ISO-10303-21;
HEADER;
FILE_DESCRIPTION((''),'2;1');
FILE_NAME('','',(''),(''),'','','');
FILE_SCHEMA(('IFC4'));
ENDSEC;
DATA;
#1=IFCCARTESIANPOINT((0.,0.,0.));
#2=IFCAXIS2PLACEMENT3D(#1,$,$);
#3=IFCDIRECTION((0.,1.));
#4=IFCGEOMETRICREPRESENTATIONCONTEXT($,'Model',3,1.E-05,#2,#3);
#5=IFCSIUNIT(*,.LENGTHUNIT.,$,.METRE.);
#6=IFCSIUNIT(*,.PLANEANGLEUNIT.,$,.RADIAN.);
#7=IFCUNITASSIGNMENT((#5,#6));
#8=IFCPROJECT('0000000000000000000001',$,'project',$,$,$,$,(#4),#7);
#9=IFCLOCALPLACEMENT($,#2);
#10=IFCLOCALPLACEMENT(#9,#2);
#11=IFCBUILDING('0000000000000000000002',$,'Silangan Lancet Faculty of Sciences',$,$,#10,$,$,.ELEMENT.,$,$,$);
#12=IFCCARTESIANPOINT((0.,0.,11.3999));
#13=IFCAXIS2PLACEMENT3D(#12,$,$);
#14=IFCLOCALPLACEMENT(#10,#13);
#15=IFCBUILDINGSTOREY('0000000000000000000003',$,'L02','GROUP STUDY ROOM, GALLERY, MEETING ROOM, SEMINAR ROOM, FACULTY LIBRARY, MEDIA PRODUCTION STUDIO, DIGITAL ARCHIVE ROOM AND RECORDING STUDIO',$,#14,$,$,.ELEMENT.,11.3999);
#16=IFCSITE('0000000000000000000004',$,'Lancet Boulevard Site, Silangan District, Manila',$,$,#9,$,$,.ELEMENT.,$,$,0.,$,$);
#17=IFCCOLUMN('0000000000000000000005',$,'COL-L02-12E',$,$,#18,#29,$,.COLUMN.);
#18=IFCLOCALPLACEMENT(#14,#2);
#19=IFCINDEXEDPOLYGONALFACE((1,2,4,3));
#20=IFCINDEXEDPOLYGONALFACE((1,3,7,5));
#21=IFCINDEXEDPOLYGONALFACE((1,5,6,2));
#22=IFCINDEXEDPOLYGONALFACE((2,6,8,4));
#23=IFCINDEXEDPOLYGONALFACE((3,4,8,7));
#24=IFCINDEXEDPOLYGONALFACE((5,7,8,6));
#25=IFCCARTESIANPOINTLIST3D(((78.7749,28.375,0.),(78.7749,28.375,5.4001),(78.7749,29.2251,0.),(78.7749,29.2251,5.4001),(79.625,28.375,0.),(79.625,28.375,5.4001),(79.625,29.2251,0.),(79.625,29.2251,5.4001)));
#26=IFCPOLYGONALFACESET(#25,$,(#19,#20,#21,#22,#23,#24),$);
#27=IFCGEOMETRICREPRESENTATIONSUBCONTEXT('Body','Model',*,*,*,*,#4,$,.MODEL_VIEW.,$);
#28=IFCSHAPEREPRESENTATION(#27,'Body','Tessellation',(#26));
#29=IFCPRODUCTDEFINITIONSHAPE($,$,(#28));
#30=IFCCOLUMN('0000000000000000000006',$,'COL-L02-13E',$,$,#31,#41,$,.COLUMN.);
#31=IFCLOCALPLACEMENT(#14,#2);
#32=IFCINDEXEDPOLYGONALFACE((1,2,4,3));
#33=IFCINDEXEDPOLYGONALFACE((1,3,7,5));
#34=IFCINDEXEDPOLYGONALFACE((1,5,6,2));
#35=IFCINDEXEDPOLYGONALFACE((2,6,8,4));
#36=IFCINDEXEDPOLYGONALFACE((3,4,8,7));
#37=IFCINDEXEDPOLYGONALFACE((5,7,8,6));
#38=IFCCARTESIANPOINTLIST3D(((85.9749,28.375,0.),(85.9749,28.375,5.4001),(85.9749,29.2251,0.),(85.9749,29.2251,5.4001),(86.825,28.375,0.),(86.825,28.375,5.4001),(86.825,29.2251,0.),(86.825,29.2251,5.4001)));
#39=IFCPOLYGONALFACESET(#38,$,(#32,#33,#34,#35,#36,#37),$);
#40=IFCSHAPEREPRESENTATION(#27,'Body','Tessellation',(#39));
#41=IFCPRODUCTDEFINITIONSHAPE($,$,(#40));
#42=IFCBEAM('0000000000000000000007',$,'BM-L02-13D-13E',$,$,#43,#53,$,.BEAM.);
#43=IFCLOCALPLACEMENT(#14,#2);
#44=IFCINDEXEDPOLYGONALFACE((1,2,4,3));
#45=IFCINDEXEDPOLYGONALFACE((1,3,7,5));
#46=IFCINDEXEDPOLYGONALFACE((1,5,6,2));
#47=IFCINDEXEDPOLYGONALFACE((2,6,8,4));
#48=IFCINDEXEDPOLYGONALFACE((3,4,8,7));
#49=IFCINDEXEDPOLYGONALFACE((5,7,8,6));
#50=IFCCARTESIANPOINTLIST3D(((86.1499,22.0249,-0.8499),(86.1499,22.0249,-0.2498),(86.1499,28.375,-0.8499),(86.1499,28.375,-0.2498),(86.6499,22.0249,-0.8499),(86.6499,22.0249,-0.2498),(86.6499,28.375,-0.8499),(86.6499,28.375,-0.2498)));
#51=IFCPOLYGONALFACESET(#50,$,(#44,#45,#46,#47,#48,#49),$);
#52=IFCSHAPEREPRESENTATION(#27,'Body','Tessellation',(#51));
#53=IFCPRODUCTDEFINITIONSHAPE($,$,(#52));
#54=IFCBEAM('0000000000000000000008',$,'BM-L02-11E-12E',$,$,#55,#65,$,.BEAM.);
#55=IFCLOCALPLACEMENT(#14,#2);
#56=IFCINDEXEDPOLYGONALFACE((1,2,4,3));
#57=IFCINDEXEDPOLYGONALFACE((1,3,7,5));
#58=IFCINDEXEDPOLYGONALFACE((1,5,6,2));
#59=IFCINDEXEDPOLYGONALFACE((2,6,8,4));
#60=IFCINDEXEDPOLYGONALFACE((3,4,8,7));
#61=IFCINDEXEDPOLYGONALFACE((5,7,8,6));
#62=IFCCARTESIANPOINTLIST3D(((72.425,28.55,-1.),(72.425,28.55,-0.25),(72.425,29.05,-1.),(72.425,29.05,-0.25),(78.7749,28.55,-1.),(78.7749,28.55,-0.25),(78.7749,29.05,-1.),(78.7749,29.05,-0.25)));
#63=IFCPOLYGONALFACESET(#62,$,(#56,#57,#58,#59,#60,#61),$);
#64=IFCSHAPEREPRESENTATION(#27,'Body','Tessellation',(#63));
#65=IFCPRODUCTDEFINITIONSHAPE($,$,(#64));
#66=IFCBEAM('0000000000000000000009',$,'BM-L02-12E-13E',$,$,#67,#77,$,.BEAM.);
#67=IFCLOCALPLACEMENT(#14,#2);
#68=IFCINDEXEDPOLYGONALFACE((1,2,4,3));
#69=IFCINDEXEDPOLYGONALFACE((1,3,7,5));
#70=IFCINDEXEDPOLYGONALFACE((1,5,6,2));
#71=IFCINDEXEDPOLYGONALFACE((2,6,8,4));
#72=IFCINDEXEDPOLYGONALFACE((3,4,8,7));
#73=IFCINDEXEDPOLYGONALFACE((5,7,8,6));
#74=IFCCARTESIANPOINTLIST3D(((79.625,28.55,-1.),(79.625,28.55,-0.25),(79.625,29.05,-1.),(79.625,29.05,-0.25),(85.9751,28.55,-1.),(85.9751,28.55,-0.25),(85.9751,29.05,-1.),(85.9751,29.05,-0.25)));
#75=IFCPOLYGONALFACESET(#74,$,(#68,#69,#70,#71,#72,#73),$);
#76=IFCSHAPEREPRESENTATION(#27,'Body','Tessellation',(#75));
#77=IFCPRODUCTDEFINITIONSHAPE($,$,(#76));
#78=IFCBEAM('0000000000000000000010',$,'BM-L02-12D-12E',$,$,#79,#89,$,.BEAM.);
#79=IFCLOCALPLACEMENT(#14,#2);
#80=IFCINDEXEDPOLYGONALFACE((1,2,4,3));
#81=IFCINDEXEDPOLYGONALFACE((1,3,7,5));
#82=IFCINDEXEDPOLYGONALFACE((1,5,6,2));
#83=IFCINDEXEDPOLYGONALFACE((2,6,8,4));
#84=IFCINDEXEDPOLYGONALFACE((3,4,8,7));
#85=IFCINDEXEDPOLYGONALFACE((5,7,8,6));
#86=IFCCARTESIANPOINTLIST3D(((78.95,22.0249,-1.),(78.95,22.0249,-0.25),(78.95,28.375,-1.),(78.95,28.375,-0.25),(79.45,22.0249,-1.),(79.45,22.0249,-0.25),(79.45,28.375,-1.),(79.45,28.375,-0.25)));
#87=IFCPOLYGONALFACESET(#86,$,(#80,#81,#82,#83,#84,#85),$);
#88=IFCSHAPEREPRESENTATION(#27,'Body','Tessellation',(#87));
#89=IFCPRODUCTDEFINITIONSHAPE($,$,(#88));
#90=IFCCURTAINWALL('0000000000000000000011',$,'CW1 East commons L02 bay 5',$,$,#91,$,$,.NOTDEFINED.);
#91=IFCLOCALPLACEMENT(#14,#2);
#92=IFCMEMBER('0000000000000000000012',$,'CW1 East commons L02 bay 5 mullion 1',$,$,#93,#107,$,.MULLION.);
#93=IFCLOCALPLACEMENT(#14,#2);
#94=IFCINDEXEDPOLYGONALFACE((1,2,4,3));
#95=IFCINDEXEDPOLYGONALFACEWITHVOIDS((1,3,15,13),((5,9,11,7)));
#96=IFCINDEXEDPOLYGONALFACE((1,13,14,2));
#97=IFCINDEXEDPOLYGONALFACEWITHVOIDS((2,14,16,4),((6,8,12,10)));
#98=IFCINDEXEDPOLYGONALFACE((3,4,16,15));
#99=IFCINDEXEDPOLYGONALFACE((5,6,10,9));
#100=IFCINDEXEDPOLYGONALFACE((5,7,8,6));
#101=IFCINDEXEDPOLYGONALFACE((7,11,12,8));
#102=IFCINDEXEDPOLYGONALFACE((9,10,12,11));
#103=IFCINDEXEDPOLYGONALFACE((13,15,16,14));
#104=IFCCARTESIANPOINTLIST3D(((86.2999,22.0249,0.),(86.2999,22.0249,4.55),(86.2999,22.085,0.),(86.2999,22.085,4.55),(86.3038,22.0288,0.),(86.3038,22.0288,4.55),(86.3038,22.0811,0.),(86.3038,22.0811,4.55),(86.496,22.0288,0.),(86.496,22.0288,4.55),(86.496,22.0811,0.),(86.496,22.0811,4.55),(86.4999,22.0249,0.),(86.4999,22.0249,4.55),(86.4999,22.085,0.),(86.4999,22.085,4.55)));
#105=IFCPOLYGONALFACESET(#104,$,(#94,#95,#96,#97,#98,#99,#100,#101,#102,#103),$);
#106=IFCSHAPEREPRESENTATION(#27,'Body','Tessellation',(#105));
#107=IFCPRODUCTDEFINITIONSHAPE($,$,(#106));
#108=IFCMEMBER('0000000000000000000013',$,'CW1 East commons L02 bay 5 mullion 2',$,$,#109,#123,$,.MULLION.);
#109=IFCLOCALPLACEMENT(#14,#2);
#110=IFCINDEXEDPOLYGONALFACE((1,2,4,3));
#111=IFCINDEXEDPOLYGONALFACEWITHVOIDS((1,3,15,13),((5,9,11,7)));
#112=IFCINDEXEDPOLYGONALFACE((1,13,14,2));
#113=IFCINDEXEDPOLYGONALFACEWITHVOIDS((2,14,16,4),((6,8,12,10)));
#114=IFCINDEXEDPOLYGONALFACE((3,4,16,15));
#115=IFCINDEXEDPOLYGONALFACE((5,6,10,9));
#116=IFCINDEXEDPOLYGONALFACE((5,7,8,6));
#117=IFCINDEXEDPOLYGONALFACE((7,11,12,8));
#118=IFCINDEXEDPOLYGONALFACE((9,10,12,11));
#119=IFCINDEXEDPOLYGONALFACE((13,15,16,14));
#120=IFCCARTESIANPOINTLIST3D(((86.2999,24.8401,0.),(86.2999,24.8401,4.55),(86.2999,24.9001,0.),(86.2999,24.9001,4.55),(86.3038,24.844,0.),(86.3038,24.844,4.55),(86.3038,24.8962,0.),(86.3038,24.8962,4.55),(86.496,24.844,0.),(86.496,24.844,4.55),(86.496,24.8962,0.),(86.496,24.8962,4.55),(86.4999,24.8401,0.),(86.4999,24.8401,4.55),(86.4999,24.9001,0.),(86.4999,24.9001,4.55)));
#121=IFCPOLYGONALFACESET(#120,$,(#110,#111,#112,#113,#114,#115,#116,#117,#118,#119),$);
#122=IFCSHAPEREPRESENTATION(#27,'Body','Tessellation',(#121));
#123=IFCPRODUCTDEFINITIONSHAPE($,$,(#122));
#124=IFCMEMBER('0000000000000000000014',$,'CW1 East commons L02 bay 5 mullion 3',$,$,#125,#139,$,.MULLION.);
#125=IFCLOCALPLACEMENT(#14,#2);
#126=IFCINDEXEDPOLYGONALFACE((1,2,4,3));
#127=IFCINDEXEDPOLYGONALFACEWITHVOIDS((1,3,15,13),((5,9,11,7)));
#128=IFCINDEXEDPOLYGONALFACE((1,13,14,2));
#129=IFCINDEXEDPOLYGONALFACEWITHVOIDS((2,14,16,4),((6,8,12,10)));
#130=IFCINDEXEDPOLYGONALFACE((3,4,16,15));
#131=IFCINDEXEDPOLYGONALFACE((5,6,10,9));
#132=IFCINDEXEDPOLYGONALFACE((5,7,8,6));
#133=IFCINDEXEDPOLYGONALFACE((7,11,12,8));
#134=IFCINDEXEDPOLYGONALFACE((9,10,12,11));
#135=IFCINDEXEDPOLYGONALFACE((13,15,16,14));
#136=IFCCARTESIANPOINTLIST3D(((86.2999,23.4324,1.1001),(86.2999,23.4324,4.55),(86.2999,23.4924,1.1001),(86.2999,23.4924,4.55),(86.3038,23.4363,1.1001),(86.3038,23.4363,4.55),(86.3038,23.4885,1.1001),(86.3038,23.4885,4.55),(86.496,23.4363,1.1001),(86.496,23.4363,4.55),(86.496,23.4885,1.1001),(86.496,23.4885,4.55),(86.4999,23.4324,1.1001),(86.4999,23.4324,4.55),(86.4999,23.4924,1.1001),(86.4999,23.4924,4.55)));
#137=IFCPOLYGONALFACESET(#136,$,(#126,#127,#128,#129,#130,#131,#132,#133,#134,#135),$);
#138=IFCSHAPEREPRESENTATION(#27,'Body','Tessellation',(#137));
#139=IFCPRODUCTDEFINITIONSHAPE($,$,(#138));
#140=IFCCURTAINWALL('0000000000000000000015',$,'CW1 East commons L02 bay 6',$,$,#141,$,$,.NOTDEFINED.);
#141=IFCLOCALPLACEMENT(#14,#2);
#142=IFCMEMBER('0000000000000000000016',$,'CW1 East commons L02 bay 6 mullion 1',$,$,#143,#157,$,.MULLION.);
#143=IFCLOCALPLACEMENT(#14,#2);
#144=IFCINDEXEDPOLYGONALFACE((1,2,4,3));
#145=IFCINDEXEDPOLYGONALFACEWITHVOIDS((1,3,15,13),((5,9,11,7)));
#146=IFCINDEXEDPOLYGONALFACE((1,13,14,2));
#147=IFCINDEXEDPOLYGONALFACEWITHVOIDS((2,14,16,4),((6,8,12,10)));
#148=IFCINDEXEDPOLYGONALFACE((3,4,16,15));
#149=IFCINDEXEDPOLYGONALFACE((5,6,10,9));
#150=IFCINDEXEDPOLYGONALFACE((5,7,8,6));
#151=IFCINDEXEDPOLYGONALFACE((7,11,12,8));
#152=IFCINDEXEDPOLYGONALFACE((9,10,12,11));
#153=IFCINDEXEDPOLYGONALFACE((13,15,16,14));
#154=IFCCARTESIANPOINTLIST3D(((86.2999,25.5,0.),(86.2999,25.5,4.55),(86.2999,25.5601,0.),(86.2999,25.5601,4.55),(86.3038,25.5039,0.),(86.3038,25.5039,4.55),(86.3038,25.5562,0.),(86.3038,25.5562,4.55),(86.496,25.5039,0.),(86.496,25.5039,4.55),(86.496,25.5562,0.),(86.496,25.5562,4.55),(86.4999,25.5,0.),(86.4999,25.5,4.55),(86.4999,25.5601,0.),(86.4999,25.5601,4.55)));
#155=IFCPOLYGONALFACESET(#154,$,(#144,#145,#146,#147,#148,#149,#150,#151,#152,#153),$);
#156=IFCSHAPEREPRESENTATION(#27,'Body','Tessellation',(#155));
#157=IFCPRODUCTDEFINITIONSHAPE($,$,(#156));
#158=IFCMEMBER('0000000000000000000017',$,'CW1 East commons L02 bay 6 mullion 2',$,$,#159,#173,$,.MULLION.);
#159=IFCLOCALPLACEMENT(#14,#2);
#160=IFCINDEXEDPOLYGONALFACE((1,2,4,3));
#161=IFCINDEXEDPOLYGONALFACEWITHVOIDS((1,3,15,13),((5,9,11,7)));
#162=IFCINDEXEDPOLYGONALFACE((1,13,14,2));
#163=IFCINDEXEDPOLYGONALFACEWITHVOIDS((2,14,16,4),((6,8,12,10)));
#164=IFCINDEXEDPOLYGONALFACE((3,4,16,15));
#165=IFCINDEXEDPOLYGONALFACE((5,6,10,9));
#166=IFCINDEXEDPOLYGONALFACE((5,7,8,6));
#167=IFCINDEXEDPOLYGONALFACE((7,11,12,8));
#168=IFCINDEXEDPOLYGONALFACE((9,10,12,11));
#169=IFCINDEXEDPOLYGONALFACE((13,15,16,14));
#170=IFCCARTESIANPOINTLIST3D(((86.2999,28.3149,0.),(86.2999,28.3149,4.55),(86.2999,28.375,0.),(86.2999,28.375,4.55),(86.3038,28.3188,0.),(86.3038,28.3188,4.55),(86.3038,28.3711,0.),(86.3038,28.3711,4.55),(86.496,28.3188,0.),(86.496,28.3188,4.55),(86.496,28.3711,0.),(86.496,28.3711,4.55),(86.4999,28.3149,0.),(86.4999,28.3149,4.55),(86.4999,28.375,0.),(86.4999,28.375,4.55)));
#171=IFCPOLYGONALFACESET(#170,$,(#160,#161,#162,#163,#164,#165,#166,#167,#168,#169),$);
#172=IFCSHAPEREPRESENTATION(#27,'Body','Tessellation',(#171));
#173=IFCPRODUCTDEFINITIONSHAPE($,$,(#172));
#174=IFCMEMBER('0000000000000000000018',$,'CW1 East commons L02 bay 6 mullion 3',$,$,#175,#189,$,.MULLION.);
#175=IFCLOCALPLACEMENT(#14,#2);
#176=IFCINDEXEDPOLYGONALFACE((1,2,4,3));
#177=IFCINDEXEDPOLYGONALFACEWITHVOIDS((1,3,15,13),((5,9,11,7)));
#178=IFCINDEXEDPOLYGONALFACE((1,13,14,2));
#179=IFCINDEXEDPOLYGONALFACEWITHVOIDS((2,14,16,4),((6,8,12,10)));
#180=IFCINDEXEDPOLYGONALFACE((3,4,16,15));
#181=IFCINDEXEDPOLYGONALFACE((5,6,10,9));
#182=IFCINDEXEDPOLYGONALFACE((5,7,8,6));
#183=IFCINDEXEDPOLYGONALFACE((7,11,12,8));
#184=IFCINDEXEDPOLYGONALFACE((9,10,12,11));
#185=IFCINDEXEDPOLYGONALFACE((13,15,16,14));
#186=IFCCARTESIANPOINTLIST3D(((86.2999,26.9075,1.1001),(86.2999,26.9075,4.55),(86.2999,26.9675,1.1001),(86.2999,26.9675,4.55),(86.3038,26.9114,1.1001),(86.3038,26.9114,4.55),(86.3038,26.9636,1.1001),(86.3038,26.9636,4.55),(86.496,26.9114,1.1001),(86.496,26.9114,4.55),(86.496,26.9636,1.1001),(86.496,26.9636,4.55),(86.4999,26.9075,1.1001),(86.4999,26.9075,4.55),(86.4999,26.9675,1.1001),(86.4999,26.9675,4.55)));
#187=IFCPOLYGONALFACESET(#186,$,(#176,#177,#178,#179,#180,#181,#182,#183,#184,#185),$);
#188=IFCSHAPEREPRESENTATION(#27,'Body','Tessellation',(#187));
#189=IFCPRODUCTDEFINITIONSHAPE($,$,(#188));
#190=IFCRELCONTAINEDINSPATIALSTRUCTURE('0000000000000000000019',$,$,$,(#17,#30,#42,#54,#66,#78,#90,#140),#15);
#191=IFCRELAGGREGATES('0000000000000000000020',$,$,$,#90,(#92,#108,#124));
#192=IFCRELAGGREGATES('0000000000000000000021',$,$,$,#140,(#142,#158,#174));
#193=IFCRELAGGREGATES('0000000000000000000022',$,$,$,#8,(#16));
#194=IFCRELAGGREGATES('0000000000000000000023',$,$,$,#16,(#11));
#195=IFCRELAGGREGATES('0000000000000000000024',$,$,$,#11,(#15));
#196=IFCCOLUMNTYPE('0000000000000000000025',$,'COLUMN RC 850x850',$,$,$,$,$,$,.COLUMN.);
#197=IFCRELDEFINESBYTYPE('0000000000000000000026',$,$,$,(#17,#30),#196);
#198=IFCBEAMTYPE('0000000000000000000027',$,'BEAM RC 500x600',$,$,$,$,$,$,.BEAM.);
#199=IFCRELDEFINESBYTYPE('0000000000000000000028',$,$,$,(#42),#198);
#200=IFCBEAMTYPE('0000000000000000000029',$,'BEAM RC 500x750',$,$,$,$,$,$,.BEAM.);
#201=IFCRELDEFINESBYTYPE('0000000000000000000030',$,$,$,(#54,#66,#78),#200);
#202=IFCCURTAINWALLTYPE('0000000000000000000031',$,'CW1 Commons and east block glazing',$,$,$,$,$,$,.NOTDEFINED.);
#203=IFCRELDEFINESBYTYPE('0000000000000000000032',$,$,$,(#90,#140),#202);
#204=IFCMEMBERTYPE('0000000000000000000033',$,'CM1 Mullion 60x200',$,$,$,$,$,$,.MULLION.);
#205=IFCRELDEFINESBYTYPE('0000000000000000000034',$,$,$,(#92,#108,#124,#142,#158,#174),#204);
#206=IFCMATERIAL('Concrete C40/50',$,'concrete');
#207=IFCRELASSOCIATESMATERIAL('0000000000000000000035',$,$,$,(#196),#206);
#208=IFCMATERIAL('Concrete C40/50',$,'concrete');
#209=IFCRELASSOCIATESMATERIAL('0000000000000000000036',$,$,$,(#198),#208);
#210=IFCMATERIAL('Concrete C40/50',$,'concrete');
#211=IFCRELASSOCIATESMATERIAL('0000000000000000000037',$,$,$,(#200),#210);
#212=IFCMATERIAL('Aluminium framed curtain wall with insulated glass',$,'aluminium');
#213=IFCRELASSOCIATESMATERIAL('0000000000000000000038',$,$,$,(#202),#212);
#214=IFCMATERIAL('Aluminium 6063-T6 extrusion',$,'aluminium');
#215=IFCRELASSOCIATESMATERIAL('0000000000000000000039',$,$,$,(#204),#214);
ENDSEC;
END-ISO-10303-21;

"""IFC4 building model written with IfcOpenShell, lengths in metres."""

from ifc_helpers import new_model, si_unit, direction, frame, origin, origin_2d, place, context, subcontext, project, spatial, rectangle, hollow_rectangle, extrude, material, material_profile, profile_set, type_object, element, aggregate, save


model = new_model("IFC4")

# Units and contexts
model_context = context("Model", 3, precision=1e-05, world=origin(), true_north=direction((0.0, 1.0)))
body_context = subcontext(model_context, "Body", "Model", "MODEL_VIEW")
ifc_project = project(units=[si_unit("LENGTHUNIT", "METRE"), si_unit("PLANEANGLEUNIT", "RADIAN")], contexts=[model_context])

# Site, building, storey
site_placement = place(None, origin())
site = spatial("IfcSite", under=ifc_project, at=site_placement, Name="Lancet Boulevard Site, Silangan District, Manila", CompositionType="ELEMENT", RefElevation=0.0)
building_placement = place(site_placement, origin())
building = spatial("IfcBuilding", under=site, at=building_placement, Name="Silangan Lancet Faculty of Sciences", CompositionType="ELEMENT")
storey_placement = place(building_placement, frame((0.0, 0.0, 11.3999)))
storey = spatial("IfcBuildingStorey", under=building, at=storey_placement, Name="L02", Description="GROUP STUDY ROOM, GALLERY, MEETING ROOM, SEMINAR ROOM, FACULTY LIBRARY, MEDIA PRODUCTION STUDIO, DIGITAL ARCHIVE ROOM AND RECORDING STUDIO", CompositionType="ELEMENT", Elevation=11.3999)

# Columns
ifc_material_1 = material(Name="Concrete C40/50", Category="concrete")
ifc_material_profile_1 = material_profile(ifc_material_1, rectangle(XDim=0.8501, YDim=0.8501, at=origin_2d()), Name="RC 850x850")
ifc_profile_set_1 = profile_set([ifc_material_profile_1], Name="Concrete C40/50")
column_type = type_object("IfcColumnType", Name="COLUMN RC 850x850", PredefinedType="COLUMN", material=ifc_profile_set_1)
for number, where, z_axis, x_axis, name in (
    (1, (79.2, 28.8, 0.0), (0.0, 0.0, 1.0), (1.0, 0.0, 0.0), "COL-L02-12E"),
    (2, (86.3999, 28.8, 0.0), (0.0, 0.0, 1.0), (1.0, 0.0, 0.0), "COL-L02-13E"),
):
    element("IfcColumn", number, at=place(storey_placement, frame(where, z_axis=z_axis, x_axis=x_axis)), inside=storey, type_object=column_type, Name=name, PredefinedType="COLUMN", context=body_context, shape_type="SweptSolid", body=[
        extrude(rectangle(XDim=0.8501, YDim=0.8501, at=origin_2d()), origin(), (0.0, 0.0, 1.0), 5.4001),
    ])

# Beams
ifc_material_2 = material(Name="Concrete C40/50", Category="concrete")
ifc_material_profile_2 = material_profile(ifc_material_2, rectangle(XDim=0.5, YDim=0.6001, at=origin_2d()), Name="RC 500x600")
ifc_profile_set_2 = profile_set([ifc_material_profile_2], Name="Concrete C40/50")
beam_type_1 = type_object("IfcBeamType", Name="BEAM RC 500x600", PredefinedType="BEAM", material=ifc_profile_set_2)
beam_1_placement = place(storey_placement, frame((86.3999, 22.0249, -0.5498), z_axis=(0.0, 1.0, 0.0), x_axis=(-1.0, 0.0, 0.0)))
element("IfcBeam", 3, at=beam_1_placement, inside=storey, type_object=beam_type_1, Name="BM-L02-13D-13E", PredefinedType="BEAM", context=body_context, shape_type="SweptSolid", body=[
    extrude(rectangle(XDim=0.5, YDim=0.6001, at=origin_2d()), origin(), (0.0, 0.0, 1.0), 6.3501),
])
ifc_material_3 = material(Name="Concrete C40/50", Category="concrete")
ifc_material_profile_3 = material_profile(ifc_material_3, rectangle(XDim=0.5, YDim=0.75, at=origin_2d()), Name="RC 500x750")
ifc_profile_set_3 = profile_set([ifc_material_profile_3], Name="Concrete C40/50")
beam_type_2 = type_object("IfcBeamType", Name="BEAM RC 500x750", PredefinedType="BEAM", material=ifc_profile_set_3)
beam_2_placement = place(storey_placement, frame((72.425, 28.8, -0.625), z_axis=(1.0, 0.0, 0.0), x_axis=(0.0, 1.0, 0.0)))
element("IfcBeam", 4, at=beam_2_placement, inside=storey, type_object=beam_type_2, Name="BM-L02-11E-12E", PredefinedType="BEAM", context=body_context, shape_type="SweptSolid", body=[
    extrude(rectangle(XDim=0.5, YDim=0.75, at=origin_2d()), origin(), (0.0, 0.0, 1.0), 6.3499),
])
for number, where, z_axis, x_axis, name in (
    (5, (79.625, 28.8, -0.625), (1.0, 0.0, 0.0), (0.0, 1.0, 0.0), "BM-L02-12E-13E"),
    (6, (79.2, 22.0249, -0.625), (0.0, 1.0, 0.0), (-1.0, 0.0, 0.0), "BM-L02-12D-12E"),
):
    element("IfcBeam", number, at=place(storey_placement, frame(where, z_axis=z_axis, x_axis=x_axis)), inside=storey, type_object=beam_type_2, Name=name, PredefinedType="BEAM", context=body_context, shape_type="SweptSolid", body=[
        extrude(rectangle(XDim=0.5, YDim=0.75, at=origin_2d()), origin(), (0.0, 0.0, 1.0), 6.3501),
    ])

# Curtain walls, members
ifc_material_4 = material(Name="Aluminium framed curtain wall with insulated glass", Category="aluminium")
curtain_wall_type = type_object("IfcCurtainWallType", Name="CW1 Commons and east block glazing", PredefinedType="NOTDEFINED", material=ifc_material_4)
curtain_wall_1_placement = place(storey_placement, origin())
curtain_wall_1 = element("IfcCurtainWall", 7, at=curtain_wall_1_placement, inside=storey, type_object=curtain_wall_type, Name="CW1 East commons L02 bay 5", PredefinedType="NOTDEFINED")
ifc_material_5 = material(Name="Aluminium 6063-T6 extrusion", Category="aluminium")
ifc_material_profile_4 = material_profile(ifc_material_5, hollow_rectangle(XDim=0.0601, YDim=0.2, WallThickness=0.0039, at=origin_2d()), Name="AL BOX 60x200x4")
ifc_profile_set_4 = profile_set([ifc_material_profile_4], Name="Aluminium 6063-T6 extrusion")
member_type_1 = type_object("IfcMemberType", Name="CM1 Mullion 60x200", PredefinedType="MULLION", material=ifc_profile_set_4)
member_1_placement = place(storey_placement, frame((86.3999, 22.0549, 0.0), z_axis=(0.0, 0.0, 1.0), x_axis=(0.0, 1.0, 0.0)))
member_1 = element("IfcMember", 8, at=member_1_placement, type_object=member_type_1, Name="CW1 East commons L02 bay 5 mullion 1", PredefinedType="MULLION", context=body_context, shape_type="SweptSolid", body=[
    extrude(hollow_rectangle(XDim=0.0601, YDim=0.2, WallThickness=0.0039, at=origin_2d()), origin(), (0.0, 0.0, 1.0), 4.55),
])
member_2_placement = place(storey_placement, frame((86.3999, 24.8701, 0.0), z_axis=(0.0, 0.0, 1.0), x_axis=(0.0, 1.0, 0.0)))
member_2 = element("IfcMember", 9, at=member_2_placement, type_object=member_type_1, Name="CW1 East commons L02 bay 5 mullion 2", PredefinedType="MULLION", context=body_context, shape_type="SweptSolid", body=[
    extrude(hollow_rectangle(XDim=0.0601, YDim=0.2, WallThickness=0.0039, at=origin_2d()), origin(), (0.0, 0.0, 1.0), 4.55),
])
member_3_placement = place(storey_placement, frame((86.3999, 23.4624, 1.1001), z_axis=(0.0, 0.0, 1.0), x_axis=(0.0, 1.0, 0.0)))
member_3 = element("IfcMember", 10, at=member_3_placement, type_object=member_type_1, Name="CW1 East commons L02 bay 5 mullion 3", PredefinedType="MULLION", context=body_context, shape_type="SweptSolid", body=[
    extrude(hollow_rectangle(XDim=0.0601, YDim=0.2, WallThickness=0.0039, at=origin_2d()), origin(), (0.0, 0.0, 1.0), 3.45),
])
curtain_wall_2_placement = place(storey_placement, origin())
curtain_wall_2 = element("IfcCurtainWall", 11, at=curtain_wall_2_placement, inside=storey, type_object=curtain_wall_type, Name="CW1 East commons L02 bay 6", PredefinedType="NOTDEFINED")
member_4_placement = place(storey_placement, frame((86.3999, 25.53, 0.0), z_axis=(0.0, 0.0, 1.0), x_axis=(0.0, 1.0, 0.0)))
member_4 = element("IfcMember", 12, at=member_4_placement, type_object=member_type_1, Name="CW1 East commons L02 bay 6 mullion 1", PredefinedType="MULLION", context=body_context, shape_type="SweptSolid", body=[
    extrude(hollow_rectangle(XDim=0.0601, YDim=0.2, WallThickness=0.0039, at=origin_2d()), origin(), (0.0, 0.0, 1.0), 4.55),
])
member_5_placement = place(storey_placement, frame((86.3999, 28.345, 0.0), z_axis=(0.0, 0.0, 1.0), x_axis=(0.0, 1.0, 0.0)))
member_5 = element("IfcMember", 13, at=member_5_placement, type_object=member_type_1, Name="CW1 East commons L02 bay 6 mullion 2", PredefinedType="MULLION", context=body_context, shape_type="SweptSolid", body=[
    extrude(hollow_rectangle(XDim=0.0601, YDim=0.2, WallThickness=0.0039, at=origin_2d()), origin(), (0.0, 0.0, 1.0), 4.55),
])
member_6_placement = place(storey_placement, frame((86.3999, 26.9375, 1.1001), z_axis=(0.0, 0.0, 1.0), x_axis=(0.0, 1.0, 0.0)))
member_6 = element("IfcMember", 14, at=member_6_placement, type_object=member_type_1, Name="CW1 East commons L02 bay 6 mullion 3", PredefinedType="MULLION", context=body_context, shape_type="SweptSolid", body=[
    extrude(hollow_rectangle(XDim=0.0601, YDim=0.2, WallThickness=0.0039, at=origin_2d()), origin(), (0.0, 0.0, 1.0), 3.45),
])

aggregate(curtain_wall_1, [member_1, member_2, member_3])
aggregate(curtain_wall_2, [member_4, member_5, member_6])

save(model, "model.ifc")
